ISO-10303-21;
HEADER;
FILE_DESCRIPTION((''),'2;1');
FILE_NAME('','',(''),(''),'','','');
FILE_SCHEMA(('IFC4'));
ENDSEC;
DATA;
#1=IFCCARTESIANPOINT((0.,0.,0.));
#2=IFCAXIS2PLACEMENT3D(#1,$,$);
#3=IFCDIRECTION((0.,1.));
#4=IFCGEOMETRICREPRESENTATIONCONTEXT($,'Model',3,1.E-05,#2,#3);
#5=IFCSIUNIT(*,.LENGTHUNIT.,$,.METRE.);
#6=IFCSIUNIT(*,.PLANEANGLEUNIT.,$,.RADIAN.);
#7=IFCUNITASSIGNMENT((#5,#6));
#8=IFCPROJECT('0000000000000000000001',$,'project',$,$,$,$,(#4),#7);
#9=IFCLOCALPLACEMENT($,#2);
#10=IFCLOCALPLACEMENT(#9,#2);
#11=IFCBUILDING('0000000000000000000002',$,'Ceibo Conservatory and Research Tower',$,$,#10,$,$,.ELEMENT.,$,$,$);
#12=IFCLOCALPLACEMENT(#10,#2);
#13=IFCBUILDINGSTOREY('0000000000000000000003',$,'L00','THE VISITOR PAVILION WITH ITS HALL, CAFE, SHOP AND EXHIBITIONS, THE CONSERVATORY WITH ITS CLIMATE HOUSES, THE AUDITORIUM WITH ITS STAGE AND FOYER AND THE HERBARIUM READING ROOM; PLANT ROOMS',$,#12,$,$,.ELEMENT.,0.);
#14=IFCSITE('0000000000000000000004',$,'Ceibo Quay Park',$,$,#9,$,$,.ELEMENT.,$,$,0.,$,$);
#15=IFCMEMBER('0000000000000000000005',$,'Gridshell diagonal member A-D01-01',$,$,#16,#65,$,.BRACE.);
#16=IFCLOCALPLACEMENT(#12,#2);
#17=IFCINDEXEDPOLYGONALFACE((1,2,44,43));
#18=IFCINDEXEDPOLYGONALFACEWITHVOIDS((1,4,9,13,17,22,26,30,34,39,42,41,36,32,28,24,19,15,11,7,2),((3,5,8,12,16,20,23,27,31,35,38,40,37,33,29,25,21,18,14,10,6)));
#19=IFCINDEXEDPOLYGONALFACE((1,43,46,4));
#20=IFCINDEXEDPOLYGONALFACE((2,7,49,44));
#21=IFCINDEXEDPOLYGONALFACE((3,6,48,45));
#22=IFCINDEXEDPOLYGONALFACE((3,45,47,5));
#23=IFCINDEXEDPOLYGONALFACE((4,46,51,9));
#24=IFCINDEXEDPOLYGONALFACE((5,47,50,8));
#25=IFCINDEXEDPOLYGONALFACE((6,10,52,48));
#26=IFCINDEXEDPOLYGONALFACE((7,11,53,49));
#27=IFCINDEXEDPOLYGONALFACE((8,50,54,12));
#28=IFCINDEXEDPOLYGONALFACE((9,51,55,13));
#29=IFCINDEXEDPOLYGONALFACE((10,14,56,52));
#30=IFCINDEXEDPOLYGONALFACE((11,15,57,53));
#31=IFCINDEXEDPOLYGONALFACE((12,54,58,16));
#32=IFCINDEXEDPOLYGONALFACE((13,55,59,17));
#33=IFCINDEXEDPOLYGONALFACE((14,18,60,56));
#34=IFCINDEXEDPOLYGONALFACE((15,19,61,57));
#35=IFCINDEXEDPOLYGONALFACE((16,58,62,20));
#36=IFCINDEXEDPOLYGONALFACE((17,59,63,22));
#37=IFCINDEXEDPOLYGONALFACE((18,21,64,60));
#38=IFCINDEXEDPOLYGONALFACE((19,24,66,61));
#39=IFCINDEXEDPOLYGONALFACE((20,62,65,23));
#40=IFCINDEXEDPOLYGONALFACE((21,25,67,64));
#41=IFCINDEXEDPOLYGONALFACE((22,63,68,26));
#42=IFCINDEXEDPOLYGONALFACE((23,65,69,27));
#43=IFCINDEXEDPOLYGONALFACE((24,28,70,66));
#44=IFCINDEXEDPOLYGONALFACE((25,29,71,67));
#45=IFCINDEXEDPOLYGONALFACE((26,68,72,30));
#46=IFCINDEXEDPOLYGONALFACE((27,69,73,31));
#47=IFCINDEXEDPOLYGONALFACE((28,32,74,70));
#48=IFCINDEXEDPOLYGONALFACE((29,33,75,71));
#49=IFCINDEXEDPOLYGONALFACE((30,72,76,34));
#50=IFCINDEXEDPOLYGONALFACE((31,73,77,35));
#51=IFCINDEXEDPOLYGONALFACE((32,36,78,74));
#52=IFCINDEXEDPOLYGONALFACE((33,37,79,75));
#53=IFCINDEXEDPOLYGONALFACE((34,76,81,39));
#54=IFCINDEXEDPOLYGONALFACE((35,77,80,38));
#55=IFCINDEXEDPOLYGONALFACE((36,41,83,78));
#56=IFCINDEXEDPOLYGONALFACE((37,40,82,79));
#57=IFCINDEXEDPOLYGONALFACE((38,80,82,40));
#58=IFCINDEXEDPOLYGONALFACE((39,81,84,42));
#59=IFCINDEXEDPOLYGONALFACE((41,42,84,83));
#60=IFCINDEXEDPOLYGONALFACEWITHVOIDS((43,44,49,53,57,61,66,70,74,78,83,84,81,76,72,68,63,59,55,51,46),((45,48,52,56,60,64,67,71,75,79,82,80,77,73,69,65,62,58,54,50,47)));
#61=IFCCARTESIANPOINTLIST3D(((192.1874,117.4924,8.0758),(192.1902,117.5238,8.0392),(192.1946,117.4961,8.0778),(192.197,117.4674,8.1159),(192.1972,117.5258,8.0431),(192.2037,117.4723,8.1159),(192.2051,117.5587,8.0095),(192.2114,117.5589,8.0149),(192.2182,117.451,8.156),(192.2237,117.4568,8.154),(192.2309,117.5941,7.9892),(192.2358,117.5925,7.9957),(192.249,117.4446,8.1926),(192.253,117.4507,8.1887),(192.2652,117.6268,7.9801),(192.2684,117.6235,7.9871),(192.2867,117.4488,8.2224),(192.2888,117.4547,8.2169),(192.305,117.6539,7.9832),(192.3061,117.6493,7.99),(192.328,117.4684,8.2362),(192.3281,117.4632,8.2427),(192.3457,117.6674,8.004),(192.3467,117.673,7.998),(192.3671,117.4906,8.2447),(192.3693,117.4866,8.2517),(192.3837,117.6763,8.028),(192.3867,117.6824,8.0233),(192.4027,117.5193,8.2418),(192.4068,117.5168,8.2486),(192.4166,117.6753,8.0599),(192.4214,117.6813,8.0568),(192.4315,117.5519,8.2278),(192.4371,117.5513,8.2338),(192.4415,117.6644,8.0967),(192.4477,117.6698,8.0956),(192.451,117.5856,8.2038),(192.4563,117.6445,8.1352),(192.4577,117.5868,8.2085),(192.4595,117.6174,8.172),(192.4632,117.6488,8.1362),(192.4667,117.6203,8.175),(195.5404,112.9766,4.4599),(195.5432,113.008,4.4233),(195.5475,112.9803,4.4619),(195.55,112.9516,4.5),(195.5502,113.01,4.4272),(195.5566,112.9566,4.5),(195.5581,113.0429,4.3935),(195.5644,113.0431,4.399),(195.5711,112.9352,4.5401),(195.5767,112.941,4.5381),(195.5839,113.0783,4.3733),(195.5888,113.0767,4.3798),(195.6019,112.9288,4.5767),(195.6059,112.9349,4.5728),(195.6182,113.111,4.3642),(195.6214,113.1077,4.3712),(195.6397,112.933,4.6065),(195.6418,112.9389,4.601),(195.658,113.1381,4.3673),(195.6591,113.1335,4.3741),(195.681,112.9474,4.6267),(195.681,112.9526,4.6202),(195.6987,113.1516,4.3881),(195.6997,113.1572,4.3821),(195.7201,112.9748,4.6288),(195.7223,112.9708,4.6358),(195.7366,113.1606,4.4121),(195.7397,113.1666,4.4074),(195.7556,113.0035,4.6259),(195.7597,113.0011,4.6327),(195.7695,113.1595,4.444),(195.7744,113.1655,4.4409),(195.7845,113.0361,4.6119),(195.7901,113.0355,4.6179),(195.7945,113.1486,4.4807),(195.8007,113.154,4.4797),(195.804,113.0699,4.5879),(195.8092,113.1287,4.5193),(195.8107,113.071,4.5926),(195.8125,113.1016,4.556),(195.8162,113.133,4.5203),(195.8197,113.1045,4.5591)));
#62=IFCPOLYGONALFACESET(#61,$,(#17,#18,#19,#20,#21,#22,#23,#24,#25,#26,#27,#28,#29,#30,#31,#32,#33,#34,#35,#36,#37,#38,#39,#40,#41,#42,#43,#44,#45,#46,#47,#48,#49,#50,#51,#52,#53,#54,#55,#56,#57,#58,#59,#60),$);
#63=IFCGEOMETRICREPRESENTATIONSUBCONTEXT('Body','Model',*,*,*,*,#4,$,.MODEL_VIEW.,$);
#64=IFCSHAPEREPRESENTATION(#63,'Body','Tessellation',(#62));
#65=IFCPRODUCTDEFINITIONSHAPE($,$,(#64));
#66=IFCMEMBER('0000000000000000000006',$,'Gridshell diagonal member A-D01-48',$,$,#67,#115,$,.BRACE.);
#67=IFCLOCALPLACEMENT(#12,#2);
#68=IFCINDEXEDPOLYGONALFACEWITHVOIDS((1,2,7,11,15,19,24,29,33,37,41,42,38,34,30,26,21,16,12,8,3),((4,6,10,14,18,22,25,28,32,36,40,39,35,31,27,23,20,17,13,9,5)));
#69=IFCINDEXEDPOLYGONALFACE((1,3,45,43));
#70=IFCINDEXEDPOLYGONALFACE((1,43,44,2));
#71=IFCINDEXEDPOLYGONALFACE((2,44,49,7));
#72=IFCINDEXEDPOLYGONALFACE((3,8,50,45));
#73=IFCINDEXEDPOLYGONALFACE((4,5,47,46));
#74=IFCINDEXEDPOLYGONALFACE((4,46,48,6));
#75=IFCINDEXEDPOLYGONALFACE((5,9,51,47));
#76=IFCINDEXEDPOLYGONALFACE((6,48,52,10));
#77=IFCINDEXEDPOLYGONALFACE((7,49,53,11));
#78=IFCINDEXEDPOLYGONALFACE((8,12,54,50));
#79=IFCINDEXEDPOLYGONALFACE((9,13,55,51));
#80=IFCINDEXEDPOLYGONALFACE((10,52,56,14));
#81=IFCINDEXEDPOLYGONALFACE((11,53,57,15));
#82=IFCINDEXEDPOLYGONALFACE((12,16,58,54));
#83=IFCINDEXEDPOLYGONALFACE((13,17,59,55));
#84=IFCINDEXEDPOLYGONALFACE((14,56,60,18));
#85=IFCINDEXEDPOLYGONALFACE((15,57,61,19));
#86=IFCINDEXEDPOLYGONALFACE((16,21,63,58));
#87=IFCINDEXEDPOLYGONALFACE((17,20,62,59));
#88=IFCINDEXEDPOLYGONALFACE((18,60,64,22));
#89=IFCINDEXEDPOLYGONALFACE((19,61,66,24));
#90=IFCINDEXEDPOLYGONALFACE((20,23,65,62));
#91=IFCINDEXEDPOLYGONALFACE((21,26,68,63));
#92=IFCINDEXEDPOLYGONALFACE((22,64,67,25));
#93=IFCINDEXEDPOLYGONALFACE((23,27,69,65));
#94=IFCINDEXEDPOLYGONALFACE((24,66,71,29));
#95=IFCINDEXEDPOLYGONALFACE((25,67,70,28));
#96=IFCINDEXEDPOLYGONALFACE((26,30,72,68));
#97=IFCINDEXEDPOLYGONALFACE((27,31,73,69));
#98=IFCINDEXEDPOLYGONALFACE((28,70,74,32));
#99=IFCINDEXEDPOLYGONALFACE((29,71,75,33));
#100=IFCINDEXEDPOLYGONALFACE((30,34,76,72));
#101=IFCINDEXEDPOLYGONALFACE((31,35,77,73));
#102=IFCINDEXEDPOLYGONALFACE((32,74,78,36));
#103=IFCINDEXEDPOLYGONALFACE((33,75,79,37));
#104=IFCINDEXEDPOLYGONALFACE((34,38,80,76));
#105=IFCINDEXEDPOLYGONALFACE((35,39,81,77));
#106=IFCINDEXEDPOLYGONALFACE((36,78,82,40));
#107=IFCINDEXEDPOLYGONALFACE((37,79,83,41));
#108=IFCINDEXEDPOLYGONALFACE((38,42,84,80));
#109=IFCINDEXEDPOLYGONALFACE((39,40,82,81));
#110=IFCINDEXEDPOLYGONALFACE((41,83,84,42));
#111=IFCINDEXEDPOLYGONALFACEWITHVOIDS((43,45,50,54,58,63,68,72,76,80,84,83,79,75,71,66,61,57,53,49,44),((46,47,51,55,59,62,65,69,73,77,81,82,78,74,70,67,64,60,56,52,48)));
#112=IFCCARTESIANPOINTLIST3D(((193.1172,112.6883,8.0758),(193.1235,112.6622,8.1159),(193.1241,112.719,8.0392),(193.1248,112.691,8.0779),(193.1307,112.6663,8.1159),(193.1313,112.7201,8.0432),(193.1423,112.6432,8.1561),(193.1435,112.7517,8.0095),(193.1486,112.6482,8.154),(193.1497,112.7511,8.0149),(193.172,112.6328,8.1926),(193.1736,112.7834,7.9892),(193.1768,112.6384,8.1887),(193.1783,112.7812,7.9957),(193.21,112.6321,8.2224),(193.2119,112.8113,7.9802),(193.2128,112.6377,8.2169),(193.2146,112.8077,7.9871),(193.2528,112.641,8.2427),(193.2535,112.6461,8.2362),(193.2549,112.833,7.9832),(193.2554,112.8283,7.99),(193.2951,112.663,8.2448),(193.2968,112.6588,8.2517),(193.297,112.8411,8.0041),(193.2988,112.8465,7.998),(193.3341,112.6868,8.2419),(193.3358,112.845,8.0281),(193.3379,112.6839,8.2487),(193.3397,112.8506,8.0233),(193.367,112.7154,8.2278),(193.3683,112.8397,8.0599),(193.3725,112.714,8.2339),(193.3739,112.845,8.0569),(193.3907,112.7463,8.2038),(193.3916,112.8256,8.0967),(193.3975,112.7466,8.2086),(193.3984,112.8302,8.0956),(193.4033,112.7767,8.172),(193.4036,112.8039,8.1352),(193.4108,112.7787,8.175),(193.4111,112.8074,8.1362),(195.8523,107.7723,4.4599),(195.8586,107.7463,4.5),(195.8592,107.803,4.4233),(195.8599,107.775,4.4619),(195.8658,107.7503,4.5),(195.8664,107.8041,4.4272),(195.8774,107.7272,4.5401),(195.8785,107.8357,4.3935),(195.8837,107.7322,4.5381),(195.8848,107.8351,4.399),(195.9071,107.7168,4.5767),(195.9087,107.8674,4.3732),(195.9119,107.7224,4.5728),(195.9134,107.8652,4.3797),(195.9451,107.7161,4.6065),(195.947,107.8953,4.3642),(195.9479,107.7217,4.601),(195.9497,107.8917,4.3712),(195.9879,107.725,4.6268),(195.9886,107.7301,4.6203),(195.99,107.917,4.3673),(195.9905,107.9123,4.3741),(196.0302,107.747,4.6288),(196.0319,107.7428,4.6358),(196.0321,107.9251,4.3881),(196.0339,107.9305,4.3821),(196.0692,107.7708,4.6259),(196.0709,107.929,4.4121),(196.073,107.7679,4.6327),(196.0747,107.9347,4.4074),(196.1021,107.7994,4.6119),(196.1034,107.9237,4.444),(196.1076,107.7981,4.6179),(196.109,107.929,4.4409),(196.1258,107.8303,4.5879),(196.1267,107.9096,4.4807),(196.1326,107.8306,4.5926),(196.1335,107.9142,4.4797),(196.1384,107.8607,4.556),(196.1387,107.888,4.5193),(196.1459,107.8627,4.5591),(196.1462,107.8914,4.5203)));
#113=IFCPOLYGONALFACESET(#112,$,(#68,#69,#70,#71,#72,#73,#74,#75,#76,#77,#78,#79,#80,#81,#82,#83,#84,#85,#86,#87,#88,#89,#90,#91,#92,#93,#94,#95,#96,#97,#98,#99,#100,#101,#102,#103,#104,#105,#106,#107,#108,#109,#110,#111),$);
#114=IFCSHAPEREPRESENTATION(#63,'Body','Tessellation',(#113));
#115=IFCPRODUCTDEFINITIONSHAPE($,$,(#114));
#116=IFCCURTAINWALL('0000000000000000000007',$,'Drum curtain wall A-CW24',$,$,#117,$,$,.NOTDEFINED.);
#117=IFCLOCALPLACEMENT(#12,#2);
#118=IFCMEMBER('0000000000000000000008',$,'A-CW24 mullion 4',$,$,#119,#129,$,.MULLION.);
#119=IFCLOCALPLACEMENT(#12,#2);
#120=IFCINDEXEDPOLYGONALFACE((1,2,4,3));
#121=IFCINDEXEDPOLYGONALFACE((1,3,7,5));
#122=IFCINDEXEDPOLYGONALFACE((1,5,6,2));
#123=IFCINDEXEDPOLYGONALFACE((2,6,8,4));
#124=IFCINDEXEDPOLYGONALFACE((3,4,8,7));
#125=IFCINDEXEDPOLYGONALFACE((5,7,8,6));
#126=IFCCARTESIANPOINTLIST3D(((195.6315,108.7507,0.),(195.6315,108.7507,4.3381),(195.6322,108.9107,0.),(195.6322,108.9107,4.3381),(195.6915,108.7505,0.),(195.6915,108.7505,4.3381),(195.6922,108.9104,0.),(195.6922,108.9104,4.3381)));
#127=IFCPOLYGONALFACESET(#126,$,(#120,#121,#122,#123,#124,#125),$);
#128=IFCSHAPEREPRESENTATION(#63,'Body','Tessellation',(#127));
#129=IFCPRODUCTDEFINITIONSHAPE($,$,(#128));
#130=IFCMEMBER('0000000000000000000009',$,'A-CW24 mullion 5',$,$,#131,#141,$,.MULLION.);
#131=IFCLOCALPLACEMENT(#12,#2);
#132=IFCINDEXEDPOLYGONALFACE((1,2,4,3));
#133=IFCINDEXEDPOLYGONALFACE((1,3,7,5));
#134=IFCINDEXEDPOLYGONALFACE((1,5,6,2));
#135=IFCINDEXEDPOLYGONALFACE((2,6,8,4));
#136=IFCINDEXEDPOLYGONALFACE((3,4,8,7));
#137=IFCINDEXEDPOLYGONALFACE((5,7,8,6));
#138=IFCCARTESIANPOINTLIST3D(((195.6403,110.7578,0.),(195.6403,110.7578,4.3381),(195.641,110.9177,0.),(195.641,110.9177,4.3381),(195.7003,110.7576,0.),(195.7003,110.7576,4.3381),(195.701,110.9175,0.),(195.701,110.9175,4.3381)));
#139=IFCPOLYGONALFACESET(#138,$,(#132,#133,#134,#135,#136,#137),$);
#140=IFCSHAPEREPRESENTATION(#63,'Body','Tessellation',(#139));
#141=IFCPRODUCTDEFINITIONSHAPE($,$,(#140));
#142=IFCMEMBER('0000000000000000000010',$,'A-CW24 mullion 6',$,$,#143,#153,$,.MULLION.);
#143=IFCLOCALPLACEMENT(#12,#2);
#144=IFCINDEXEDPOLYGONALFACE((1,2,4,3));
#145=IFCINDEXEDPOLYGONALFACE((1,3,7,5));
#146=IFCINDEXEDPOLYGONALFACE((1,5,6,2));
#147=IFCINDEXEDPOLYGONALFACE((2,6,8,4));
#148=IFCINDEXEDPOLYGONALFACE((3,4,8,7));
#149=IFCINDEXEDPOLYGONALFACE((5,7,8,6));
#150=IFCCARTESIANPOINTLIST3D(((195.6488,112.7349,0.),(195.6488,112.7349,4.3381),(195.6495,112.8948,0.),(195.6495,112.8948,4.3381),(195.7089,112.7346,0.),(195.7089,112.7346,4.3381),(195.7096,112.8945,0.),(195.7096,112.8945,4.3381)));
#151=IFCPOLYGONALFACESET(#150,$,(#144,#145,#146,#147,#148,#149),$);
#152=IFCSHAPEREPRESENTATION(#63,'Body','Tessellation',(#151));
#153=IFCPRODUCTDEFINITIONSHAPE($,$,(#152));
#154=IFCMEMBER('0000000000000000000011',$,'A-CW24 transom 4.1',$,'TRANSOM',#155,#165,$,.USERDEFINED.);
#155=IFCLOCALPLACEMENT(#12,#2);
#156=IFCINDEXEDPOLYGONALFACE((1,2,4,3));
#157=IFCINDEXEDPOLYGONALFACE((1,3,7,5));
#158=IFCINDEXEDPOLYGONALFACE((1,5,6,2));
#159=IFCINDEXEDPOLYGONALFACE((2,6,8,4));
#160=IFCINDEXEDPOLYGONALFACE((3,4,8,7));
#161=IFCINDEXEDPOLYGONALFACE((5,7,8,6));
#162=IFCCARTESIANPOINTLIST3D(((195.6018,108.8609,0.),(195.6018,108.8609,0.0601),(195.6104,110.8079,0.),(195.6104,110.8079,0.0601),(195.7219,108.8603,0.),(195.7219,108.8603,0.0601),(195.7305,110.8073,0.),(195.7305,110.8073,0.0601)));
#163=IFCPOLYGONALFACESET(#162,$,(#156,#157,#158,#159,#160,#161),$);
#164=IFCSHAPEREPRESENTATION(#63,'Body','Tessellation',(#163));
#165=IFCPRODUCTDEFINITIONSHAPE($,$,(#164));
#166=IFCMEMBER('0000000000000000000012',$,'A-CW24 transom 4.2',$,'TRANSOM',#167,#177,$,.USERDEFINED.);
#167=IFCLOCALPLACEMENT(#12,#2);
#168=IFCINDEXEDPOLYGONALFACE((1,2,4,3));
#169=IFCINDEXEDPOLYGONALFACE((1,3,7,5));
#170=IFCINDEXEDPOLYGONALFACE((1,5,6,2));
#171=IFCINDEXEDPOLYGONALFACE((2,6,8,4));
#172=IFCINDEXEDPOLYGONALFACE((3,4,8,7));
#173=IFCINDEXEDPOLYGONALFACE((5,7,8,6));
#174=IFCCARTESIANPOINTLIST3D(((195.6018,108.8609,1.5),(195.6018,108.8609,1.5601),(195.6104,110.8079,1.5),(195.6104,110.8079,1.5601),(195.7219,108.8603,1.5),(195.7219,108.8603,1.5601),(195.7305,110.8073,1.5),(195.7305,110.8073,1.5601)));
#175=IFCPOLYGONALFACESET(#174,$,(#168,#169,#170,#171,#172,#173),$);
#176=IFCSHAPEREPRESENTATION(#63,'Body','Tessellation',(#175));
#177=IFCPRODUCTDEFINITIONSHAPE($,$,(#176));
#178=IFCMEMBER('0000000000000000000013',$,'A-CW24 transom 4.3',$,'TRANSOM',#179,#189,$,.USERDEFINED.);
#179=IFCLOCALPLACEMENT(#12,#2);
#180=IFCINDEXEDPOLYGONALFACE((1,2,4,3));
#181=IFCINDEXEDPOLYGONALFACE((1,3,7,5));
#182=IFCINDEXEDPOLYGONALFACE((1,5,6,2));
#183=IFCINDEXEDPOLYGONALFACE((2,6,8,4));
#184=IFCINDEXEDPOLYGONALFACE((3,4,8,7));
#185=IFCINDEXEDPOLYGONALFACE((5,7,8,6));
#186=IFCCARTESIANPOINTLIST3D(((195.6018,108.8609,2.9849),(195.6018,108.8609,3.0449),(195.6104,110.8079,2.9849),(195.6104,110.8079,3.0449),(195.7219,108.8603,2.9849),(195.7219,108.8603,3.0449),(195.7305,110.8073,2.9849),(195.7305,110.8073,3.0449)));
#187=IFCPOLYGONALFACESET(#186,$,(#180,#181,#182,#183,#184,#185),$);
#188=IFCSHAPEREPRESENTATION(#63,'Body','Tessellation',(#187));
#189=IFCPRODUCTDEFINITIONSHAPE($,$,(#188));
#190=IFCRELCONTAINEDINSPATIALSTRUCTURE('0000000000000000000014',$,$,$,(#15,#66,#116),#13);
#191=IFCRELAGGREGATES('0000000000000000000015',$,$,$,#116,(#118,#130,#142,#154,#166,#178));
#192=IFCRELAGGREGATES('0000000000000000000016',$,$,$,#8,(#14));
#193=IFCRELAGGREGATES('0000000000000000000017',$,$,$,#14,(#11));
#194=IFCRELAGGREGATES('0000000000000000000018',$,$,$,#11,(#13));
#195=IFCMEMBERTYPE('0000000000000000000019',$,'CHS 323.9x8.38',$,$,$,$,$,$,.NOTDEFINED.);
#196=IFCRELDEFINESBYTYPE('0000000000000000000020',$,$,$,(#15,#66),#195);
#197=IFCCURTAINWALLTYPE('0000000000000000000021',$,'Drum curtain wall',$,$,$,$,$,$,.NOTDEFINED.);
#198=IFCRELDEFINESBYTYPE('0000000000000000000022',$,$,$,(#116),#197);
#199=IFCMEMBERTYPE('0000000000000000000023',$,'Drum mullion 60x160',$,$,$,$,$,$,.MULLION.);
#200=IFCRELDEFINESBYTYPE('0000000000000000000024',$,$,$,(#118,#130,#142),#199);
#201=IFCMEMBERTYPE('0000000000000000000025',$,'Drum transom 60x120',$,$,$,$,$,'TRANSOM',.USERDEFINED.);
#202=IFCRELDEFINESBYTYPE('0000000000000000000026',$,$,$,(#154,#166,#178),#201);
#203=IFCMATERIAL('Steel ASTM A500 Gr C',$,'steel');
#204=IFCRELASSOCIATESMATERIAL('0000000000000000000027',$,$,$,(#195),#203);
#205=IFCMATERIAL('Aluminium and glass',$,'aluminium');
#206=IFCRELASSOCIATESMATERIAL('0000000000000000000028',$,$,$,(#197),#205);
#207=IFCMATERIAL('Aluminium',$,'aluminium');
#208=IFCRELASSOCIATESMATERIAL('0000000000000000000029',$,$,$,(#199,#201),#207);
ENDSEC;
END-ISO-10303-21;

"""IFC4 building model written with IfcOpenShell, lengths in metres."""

from ifc_helpers import new_model, si_unit, direction, frame, origin, origin_2d, place, context, subcontext, project, spatial, rectangle, hollow_circle, extrude, material, material_profile, profile_set, type_object, element, aggregate, save


model = new_model("IFC4")

# Units and contexts
model_context = context("Model", 3, precision=1e-05, world=origin(), true_north=direction((0.0, 1.0)))
body_context = subcontext(model_context, "Body", "Model", "MODEL_VIEW")
ifc_project = project(units=[si_unit("LENGTHUNIT", "METRE"), si_unit("PLANEANGLEUNIT", "RADIAN")], contexts=[model_context])

# Site, building, storey
site_placement = place(None, origin())
site = spatial("IfcSite", under=ifc_project, at=site_placement, Name="Ceibo Quay Park", CompositionType="ELEMENT", RefElevation=0.0)
building_placement = place(site_placement, origin())
building = spatial("IfcBuilding", under=site, at=building_placement, Name="Ceibo Conservatory and Research Tower", CompositionType="ELEMENT")
storey_placement = place(building_placement, origin())
storey = spatial("IfcBuildingStorey", under=building, at=storey_placement, Name="L00", Description="THE VISITOR PAVILION WITH ITS HALL, CAFE, SHOP AND EXHIBITIONS, THE CONSERVATORY WITH ITS CLIMATE HOUSES, THE AUDITORIUM WITH ITS STAGE AND FOYER AND THE HERBARIUM READING ROOM; PLANT ROOMS", CompositionType="ELEMENT", Elevation=0.0)

# Shared definitions
ifc_material_1 = material(Name="Steel ASTM A500 Gr C", Category="steel")

# Members
ifc_material_profile_1 = material_profile(ifc_material_1, hollow_circle(Radius=0.1619, WallThickness=0.0083, at=origin_2d()), Name="CHS 323.9x8.38")
ifc_profile_set_1 = profile_set([ifc_material_profile_1], Name="Steel ASTM A500 Gr C")
member_type_1 = type_object("IfcMemberType", Name="CHS 323.9x8.38", PredefinedType="NOTDEFINED", material=ifc_profile_set_1)
member_1_placement = place(storey_placement, frame((195.6799, 113.0481, 4.5), z_axis=(-0.501452, 0.675358, 0.540775), x_axis=(-0.802882, -0.596139, 0.0)))
element("IfcMember", 1, at=member_1_placement, inside=storey, type_object=member_type_1, Name="Gridshell diagonal member A-D01-01", PredefinedType="BRACE", context=body_context, shape_type="SweptSolid", body=[
    extrude(hollow_circle(Radius=0.1619, WallThickness=0.0083, at=origin_2d()), origin(), (0.0, 0.0, 1.0), 6.6865),
])
member_2_placement = place(storey_placement, frame((196.0, 107.825, 4.5), z_axis=(-0.408985, 0.7351, 0.540702), x_axis=(-0.873856, -0.486184, 0.0)))
element("IfcMember", 2, at=member_2_placement, inside=storey, type_object=member_type_1, Name="Gridshell diagonal member A-D01-48", PredefinedType="BRACE", context=body_context, shape_type="SweptSolid", body=[
    extrude(hollow_circle(Radius=0.1619, WallThickness=0.0083, at=origin_2d()), origin(), (0.0, 0.0, 1.0), 6.6875),
])

# Curtain wall, members
ifc_material_2 = material(Name="Aluminium and glass", Category="aluminium")
curtain_wall_type = type_object("IfcCurtainWallType", Name="Drum curtain wall", PredefinedType="NOTDEFINED", material=ifc_material_2)
curtain_wall_placement = place(storey_placement, origin())
curtain_wall = element("IfcCurtainWall", 3, at=curtain_wall_placement, inside=storey, type_object=curtain_wall_type, Name="Drum curtain wall A-CW24", PredefinedType="NOTDEFINED")
ifc_material_3 = material(Name="Aluminium", Category="aluminium")
ifc_material_profile_2 = material_profile(ifc_material_3, rectangle(XDim=0.0601, YDim=0.1599, at=origin_2d()), Name="AL 60x160")
ifc_profile_set_2 = profile_set([ifc_material_profile_2], Name="Aluminium")
member_type_2 = type_object("IfcMemberType", Name="Drum mullion 60x160", PredefinedType="MULLION", material=ifc_profile_set_2)
member_3_placement = place(storey_placement, frame((195.6619, 108.8306, 0.0), z_axis=(0.0, 0.0, 1.0), x_axis=(-0.99999, 0.004363, 0.0)))
member_3 = element("IfcMember", 4, at=member_3_placement, type_object=member_type_2, Name="A-CW24 mullion 4", PredefinedType="MULLION", context=body_context, shape_type="SweptSolid", body=[
    extrude(rectangle(XDim=0.0601, YDim=0.1599, at=origin_2d()), origin(), (0.0, 0.0, 1.0), 4.3381),
])
member_4_placement = place(storey_placement, frame((195.6707, 110.8376, 0.0), z_axis=(0.0, 0.0, 1.0), x_axis=(-0.99999, 0.004363, 0.0)))
member_4 = element("IfcMember", 5, at=member_4_placement, type_object=member_type_2, Name="A-CW24 mullion 5", PredefinedType="MULLION", context=body_context, shape_type="SweptSolid", body=[
    extrude(rectangle(XDim=0.0601, YDim=0.1599, at=origin_2d()), origin(), (0.0, 0.0, 1.0), 4.3381),
])
member_5_placement = place(storey_placement, frame((195.6792, 112.8147, 0.0), z_axis=(0.0, 0.0, 1.0), x_axis=(-0.99999, 0.004363, 0.0)))
member_5 = element("IfcMember", 6, at=member_5_placement, type_object=member_type_2, Name="A-CW24 mullion 6", PredefinedType="MULLION", context=body_context, shape_type="SweptSolid", body=[
    extrude(rectangle(XDim=0.0601, YDim=0.1599, at=origin_2d()), origin(), (0.0, 0.0, 1.0), 4.3381),
])
ifc_material_profile_3 = material_profile(ifc_material_3, rectangle(XDim=0.1201, YDim=0.0601, at=origin_2d()), Name="AL 60x120")
ifc_profile_set_3 = profile_set([ifc_material_profile_3], Name="Aluminium")
member_type_3 = type_object("IfcMemberType", Name="Drum transom 60x120", ElementType="TRANSOM", PredefinedType="USERDEFINED", material=ifc_profile_set_3)
member_6_placement = place(storey_placement, frame((195.6619, 108.8606, 0.03), z_axis=(0.004389, 0.99999, 0.0), x_axis=(-0.99999, 0.004389, 0.0)))
member_6 = element("IfcMember", 7, at=member_6_placement, type_object=member_type_3, Name="A-CW24 transom 4.1", ObjectType="TRANSOM", PredefinedType="USERDEFINED", context=body_context, shape_type="SweptSolid", body=[
    extrude(rectangle(XDim=0.1201, YDim=0.0601, at=origin_2d()), origin(), (0.0, 0.0, 1.0), 1.947),
])
member_7_placement = place(storey_placement, frame((195.6619, 108.8606, 1.53), z_axis=(0.004389, 0.99999, 0.0), x_axis=(-0.99999, 0.004389, 0.0)))
member_7 = element("IfcMember", 8, at=member_7_placement, type_object=member_type_3, Name="A-CW24 transom 4.2", ObjectType="TRANSOM", PredefinedType="USERDEFINED", context=body_context, shape_type="SweptSolid", body=[
    extrude(rectangle(XDim=0.1201, YDim=0.0601, at=origin_2d()), origin(), (0.0, 0.0, 1.0), 1.947),
])
member_8_placement = place(storey_placement, frame((195.6619, 108.8606, 3.0149), z_axis=(0.004389, 0.99999, 0.0), x_axis=(-0.99999, 0.004389, 0.0)))
member_8 = element("IfcMember", 9, at=member_8_placement, type_object=member_type_3, Name="A-CW24 transom 4.3", ObjectType="TRANSOM", PredefinedType="USERDEFINED", context=body_context, shape_type="SweptSolid", body=[
    extrude(rectangle(XDim=0.1201, YDim=0.0601, at=origin_2d()), origin(), (0.0, 0.0, 1.0), 1.947),
])

aggregate(curtain_wall, [member_3, member_4, member_5, member_6, member_7, member_8])

save(model, "model.ifc")
